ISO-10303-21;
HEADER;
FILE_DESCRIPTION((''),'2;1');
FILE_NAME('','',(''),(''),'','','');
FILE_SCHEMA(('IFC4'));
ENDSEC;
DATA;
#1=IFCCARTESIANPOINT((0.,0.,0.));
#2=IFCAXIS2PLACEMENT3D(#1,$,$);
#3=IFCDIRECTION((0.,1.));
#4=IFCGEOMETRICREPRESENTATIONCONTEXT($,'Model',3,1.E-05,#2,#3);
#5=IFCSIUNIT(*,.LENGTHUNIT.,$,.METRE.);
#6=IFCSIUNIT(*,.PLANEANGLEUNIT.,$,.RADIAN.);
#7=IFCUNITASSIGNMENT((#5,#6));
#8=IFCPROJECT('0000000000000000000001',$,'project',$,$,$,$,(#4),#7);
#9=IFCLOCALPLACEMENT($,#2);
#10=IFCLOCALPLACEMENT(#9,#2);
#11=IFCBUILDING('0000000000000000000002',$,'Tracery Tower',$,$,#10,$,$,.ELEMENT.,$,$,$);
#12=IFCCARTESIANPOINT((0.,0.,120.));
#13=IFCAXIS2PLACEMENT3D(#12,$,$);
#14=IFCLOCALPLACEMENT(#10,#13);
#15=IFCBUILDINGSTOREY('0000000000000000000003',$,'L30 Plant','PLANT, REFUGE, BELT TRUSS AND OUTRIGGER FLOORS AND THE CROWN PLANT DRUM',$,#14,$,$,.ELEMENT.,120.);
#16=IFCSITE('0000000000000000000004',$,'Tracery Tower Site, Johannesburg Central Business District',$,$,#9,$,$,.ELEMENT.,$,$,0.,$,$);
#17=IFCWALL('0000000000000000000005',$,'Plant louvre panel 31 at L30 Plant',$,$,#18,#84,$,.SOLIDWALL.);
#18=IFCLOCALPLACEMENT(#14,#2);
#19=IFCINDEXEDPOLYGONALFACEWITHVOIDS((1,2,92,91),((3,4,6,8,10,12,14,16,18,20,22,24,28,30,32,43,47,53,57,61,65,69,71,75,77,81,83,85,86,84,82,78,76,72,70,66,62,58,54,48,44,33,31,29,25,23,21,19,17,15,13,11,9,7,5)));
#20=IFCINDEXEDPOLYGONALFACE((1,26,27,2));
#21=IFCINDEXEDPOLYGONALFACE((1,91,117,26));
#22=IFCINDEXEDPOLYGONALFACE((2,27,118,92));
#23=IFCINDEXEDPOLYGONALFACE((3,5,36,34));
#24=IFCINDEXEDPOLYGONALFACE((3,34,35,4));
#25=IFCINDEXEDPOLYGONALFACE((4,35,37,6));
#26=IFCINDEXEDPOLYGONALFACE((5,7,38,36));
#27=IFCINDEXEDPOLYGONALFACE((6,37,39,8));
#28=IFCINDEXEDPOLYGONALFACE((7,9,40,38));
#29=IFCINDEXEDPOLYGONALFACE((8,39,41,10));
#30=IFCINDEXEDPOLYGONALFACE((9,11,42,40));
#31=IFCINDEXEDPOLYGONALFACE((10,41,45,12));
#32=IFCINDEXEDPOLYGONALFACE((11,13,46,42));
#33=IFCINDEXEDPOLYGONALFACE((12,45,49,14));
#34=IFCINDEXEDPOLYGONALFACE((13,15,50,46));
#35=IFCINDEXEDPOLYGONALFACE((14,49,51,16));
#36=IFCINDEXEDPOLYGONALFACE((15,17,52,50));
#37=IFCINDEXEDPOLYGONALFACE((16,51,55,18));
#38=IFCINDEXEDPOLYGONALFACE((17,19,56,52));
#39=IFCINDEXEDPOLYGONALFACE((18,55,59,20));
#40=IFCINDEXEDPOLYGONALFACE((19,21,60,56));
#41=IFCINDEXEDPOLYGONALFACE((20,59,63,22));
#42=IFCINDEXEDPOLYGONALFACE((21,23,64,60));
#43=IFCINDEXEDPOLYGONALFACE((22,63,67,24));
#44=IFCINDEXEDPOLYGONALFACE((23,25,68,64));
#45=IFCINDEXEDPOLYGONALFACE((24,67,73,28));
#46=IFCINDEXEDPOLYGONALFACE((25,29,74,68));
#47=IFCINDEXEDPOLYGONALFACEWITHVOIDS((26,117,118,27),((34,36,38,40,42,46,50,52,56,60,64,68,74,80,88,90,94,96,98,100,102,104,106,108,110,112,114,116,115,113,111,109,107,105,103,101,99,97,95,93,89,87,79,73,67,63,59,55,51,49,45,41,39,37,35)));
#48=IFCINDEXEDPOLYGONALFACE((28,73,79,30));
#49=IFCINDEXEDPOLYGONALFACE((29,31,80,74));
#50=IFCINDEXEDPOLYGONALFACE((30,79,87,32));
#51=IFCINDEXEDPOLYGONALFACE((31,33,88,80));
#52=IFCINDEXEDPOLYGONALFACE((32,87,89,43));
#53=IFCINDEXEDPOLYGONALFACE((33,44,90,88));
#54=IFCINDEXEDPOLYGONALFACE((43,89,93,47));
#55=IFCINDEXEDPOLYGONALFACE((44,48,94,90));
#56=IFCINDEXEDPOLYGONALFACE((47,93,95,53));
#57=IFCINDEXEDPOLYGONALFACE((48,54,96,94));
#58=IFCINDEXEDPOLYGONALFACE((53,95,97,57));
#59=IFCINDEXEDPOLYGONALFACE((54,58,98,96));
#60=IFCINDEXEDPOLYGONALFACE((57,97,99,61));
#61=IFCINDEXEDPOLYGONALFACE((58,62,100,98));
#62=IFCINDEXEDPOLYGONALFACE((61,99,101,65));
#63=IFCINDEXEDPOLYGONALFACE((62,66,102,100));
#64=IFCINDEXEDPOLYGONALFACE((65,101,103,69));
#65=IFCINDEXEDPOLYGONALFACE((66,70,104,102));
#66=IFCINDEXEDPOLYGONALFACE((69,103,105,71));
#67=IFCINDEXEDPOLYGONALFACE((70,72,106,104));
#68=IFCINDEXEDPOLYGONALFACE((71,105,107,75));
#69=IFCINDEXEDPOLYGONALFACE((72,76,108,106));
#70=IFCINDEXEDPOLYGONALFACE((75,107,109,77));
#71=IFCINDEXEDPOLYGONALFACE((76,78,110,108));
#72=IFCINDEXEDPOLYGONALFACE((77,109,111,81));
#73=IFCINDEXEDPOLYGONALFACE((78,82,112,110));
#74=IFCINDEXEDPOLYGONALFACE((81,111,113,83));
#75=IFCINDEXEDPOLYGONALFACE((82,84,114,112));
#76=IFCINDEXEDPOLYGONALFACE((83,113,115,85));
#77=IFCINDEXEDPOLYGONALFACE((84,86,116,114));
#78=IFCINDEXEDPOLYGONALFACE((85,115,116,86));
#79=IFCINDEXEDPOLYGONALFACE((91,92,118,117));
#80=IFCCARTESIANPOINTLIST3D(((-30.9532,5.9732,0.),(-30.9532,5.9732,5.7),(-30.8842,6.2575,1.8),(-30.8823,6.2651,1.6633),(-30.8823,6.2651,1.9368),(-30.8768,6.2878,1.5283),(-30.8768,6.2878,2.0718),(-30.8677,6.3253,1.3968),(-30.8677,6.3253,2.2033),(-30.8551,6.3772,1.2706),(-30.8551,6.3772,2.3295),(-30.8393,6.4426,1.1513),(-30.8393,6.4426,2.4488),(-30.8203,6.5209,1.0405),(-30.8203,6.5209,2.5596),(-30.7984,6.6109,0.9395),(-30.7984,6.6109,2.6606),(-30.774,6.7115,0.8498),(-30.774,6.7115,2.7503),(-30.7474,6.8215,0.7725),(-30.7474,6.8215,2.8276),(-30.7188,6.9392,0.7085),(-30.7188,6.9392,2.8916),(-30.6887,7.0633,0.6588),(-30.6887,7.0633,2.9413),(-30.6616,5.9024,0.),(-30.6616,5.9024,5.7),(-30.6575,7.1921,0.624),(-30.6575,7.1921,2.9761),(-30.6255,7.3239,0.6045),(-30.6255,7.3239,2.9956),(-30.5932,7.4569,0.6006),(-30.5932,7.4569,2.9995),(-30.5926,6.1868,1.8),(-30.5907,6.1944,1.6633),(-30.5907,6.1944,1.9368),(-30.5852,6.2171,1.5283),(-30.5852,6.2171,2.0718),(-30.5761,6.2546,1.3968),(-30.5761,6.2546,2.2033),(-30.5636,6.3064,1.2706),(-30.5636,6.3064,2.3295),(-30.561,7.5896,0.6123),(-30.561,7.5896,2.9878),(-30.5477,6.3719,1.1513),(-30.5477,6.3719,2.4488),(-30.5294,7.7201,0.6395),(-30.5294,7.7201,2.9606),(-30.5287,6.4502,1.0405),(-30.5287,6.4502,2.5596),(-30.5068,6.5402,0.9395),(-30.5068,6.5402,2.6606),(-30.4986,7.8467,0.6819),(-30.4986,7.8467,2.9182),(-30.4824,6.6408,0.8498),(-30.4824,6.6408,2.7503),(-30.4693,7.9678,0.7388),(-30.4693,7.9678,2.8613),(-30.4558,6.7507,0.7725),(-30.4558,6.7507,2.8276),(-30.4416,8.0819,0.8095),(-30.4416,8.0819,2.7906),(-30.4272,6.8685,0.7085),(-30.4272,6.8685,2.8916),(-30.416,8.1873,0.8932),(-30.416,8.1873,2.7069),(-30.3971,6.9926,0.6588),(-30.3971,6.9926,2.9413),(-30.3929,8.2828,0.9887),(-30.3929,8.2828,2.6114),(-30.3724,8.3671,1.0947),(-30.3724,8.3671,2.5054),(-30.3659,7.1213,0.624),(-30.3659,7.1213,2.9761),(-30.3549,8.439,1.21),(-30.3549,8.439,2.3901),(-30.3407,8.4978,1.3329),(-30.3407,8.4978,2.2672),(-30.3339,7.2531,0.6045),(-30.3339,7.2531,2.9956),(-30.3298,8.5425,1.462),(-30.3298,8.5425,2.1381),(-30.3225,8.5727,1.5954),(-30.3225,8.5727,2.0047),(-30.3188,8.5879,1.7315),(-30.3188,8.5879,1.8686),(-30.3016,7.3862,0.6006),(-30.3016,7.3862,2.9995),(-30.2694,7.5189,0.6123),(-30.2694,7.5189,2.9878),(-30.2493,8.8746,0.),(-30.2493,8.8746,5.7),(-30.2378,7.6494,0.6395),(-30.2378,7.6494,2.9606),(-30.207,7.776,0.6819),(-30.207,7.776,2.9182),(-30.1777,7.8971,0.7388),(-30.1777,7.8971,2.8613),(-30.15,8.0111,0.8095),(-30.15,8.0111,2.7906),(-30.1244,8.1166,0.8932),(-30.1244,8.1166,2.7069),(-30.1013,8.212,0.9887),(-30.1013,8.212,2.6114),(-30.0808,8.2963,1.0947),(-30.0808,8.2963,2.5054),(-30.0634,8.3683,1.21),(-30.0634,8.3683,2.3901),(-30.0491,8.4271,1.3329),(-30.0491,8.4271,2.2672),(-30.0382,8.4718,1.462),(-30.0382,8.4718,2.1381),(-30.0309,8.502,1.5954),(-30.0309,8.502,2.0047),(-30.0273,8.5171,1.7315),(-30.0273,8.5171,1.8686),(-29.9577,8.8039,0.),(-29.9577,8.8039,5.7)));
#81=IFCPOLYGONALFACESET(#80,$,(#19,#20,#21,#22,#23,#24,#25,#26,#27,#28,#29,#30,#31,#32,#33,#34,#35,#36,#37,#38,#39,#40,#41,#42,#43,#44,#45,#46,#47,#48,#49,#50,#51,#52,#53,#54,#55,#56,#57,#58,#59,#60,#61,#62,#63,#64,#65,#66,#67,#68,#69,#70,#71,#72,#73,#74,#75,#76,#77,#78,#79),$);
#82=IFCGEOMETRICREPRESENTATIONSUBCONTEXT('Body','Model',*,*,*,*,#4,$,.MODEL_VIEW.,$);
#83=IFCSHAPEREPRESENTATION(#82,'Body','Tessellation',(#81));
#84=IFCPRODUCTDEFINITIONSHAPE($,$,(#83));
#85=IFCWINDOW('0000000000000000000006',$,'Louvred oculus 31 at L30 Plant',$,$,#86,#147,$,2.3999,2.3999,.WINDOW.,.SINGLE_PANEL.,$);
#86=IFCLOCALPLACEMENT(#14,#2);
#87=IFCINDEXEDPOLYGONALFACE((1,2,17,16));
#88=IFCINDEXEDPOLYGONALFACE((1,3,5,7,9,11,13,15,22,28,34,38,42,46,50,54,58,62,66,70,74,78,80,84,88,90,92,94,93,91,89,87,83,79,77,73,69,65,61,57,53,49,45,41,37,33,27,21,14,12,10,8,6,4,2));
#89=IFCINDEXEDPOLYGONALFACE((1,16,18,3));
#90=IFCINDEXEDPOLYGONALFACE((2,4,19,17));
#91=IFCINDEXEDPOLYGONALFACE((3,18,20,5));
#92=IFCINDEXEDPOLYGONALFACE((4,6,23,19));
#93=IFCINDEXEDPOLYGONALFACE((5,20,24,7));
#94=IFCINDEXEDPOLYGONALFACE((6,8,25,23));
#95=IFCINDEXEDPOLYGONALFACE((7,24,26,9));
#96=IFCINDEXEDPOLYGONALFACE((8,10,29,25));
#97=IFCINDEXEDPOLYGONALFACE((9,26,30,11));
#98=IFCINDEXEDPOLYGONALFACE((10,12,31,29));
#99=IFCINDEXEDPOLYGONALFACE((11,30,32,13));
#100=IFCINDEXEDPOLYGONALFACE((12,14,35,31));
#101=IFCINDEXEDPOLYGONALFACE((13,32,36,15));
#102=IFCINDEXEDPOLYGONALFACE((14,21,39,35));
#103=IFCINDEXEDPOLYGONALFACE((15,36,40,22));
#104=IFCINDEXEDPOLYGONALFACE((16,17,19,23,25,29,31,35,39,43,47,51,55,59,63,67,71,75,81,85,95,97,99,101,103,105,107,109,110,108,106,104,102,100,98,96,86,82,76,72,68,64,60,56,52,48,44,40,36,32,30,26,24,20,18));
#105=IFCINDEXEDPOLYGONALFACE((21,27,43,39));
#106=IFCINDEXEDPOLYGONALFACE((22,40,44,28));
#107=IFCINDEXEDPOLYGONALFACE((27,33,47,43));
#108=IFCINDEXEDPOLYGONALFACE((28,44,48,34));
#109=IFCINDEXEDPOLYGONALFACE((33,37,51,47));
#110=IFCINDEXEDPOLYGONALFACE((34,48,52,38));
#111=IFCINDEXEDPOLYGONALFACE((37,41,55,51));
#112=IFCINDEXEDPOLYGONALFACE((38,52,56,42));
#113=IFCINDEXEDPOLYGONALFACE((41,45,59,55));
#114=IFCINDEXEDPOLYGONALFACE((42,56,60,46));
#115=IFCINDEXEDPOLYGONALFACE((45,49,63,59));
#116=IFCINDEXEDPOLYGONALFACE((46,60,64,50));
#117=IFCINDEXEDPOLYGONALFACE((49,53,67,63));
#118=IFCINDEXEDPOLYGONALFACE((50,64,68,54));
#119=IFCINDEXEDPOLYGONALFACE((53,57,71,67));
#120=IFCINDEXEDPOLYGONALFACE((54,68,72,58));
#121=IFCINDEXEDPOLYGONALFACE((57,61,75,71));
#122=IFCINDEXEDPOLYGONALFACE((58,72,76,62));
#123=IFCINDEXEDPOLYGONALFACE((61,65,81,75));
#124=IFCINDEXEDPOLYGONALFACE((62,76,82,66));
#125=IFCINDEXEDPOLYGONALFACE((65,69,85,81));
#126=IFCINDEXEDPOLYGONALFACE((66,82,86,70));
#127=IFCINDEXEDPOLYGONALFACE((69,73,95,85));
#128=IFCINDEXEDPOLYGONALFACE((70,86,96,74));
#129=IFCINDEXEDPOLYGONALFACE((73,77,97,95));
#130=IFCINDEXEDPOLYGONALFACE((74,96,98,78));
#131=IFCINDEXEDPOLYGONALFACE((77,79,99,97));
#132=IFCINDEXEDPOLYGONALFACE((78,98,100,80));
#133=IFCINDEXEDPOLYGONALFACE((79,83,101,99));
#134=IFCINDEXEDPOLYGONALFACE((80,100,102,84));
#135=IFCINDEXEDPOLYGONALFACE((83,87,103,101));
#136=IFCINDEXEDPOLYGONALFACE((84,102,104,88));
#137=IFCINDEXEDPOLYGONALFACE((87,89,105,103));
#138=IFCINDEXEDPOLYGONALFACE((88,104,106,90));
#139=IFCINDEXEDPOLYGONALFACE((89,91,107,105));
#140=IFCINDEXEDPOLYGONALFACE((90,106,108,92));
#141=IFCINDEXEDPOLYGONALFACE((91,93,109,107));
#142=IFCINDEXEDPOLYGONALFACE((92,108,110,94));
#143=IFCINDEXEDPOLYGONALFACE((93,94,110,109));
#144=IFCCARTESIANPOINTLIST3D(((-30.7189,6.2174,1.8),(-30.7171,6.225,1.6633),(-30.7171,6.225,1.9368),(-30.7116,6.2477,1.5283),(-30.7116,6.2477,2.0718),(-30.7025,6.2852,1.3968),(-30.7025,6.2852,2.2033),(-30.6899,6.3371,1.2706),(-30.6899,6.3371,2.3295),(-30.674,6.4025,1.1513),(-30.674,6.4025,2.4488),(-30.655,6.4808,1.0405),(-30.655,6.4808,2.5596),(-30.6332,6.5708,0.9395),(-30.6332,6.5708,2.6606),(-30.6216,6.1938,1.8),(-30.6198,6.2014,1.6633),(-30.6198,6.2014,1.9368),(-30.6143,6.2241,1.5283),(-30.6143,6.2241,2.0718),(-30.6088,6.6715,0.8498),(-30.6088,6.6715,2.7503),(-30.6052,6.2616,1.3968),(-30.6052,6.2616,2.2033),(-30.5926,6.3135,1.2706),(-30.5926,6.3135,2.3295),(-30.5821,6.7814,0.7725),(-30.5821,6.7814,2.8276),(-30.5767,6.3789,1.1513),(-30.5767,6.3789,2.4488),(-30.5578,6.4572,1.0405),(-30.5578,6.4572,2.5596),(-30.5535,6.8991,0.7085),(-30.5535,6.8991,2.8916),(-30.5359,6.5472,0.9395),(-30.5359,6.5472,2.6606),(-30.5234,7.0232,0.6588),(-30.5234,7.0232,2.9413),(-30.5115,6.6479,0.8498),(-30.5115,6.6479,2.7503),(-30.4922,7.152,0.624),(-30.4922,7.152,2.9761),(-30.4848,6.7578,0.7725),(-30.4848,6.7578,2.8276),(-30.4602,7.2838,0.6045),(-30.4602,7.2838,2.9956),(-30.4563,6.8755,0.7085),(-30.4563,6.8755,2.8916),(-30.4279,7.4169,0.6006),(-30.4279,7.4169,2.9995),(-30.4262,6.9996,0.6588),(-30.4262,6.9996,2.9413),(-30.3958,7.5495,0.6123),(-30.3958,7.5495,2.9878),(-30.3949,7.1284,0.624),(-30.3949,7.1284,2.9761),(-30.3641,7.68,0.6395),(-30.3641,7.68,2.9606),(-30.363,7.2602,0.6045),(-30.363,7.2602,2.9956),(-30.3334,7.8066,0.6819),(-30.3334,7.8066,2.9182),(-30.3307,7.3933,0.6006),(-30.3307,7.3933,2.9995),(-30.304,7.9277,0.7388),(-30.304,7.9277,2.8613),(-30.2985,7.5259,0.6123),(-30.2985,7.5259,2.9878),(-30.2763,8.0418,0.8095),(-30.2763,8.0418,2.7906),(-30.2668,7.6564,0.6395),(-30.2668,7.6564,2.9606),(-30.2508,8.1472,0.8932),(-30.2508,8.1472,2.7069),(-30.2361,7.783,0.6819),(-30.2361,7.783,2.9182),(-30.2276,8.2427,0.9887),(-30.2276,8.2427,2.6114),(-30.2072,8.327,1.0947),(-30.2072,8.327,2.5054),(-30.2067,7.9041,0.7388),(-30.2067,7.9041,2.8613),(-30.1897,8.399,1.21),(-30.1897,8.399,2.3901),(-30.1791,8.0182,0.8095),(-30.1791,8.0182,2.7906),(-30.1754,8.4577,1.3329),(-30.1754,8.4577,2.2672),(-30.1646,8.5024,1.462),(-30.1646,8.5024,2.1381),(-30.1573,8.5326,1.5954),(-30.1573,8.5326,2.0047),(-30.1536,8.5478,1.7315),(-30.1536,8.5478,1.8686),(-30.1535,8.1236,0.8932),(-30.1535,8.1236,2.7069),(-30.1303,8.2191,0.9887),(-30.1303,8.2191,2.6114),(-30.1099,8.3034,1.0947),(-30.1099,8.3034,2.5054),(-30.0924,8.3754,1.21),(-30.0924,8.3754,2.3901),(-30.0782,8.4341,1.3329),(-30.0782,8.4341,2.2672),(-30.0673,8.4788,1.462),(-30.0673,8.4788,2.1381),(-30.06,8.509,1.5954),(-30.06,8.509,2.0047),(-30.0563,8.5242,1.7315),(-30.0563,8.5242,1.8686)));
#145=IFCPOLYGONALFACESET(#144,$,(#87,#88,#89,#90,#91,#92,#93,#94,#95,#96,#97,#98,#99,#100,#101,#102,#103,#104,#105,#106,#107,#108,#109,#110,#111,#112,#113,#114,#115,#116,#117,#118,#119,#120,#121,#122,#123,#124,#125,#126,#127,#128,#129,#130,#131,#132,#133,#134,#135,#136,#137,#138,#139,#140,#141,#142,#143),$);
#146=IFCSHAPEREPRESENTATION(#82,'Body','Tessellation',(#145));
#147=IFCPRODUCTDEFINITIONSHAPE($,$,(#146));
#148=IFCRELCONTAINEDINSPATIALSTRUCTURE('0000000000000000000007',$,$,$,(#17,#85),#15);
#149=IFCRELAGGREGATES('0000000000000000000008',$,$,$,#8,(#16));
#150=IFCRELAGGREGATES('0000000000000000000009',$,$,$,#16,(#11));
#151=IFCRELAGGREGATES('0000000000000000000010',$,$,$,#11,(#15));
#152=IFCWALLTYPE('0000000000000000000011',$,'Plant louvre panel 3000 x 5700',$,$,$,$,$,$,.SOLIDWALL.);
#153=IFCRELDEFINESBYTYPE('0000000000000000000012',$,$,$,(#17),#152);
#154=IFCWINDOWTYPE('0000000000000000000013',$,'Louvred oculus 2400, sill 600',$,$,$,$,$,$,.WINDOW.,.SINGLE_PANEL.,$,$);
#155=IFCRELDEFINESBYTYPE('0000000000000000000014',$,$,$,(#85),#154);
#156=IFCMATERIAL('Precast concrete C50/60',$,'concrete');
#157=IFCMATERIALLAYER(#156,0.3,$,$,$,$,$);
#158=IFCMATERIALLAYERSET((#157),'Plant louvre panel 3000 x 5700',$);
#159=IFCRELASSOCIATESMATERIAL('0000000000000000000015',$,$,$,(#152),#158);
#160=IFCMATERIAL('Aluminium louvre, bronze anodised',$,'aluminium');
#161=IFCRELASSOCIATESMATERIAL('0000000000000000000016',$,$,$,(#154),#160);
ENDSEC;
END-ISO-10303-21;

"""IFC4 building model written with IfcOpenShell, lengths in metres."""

from ifc_helpers import new_model, si_unit, direction, frame, frame_2d, origin, origin_2d, place, context, subcontext, project, spatial, rectangle, circle, extrude, material, layer, layer_set, type_object, element, fill, save


model = new_model("IFC4")

# Units and contexts
model_context = context("Model", 3, precision=1e-05, world=origin(), true_north=direction((0.0, 1.0)))
body_context = subcontext(model_context, "Body", "Model", "MODEL_VIEW")
ifc_project = project(units=[si_unit("LENGTHUNIT", "METRE"), si_unit("PLANEANGLEUNIT", "RADIAN")], contexts=[model_context])

# Site, building, storey
site_placement = place(None, origin())
site = spatial("IfcSite", under=ifc_project, at=site_placement, Name="Tracery Tower Site, Johannesburg Central Business District", CompositionType="ELEMENT", RefElevation=0.0)
building_placement = place(site_placement, origin())
building = spatial("IfcBuilding", under=site, at=building_placement, Name="Tracery Tower", CompositionType="ELEMENT")
storey_placement = place(building_placement, frame((0.0, 0.0, 120.0)))
storey = spatial("IfcBuildingStorey", under=building, at=storey_placement, Name="L30 Plant", Description="PLANT, REFUGE, BELT TRUSS AND OUTRIGGER FLOORS AND THE CROWN PLANT DRUM", CompositionType="ELEMENT", Elevation=120.0)

# Wall, opening, window
ifc_material_1 = material(Name="Precast concrete C50/60", Category="concrete")
ifc_layer_1 = layer(ifc_material_1, 0.3)
ifc_layer_set_1 = layer_set([ifc_layer_1], Name="Plant louvre panel 3000 x 5700")
wall_type_1 = type_object("IfcWallType", Name="Plant louvre panel 3000 x 5700", PredefinedType="SOLIDWALL", material=ifc_layer_set_1)
wall_1_placement = place(storey_placement, frame((-30.1035, 8.8391, 0.0), z_axis=(0.0, 0.0, 1.0), x_axis=(-0.235757, -0.971812, 0.0)))
wall_1 = element("IfcWall", 1, at=wall_1_placement, inside=storey, type_object=wall_type_1, Name="Plant louvre panel 31 at L30 Plant", PredefinedType="SOLIDWALL", context=body_context, shape_type="SweptSolid", body=[
    extrude(rectangle(XDim=2.9856, YDim=0.3, at=frame_2d((1.4927, 0.0))), origin(), (0.0, 0.0, 1.0), 5.7),
])
opening_1_placement = place(wall_1_placement, frame((1.4929, 0.0, 1.8)))
opening_1 = element("IfcOpeningElement", 2, at=opening_1_placement, cuts=wall_1, PredefinedType="OPENING", context=body_context, shape_type="SweptSolid", body=[
    extrude(circle(Radius=1.2, at=origin_2d()), frame((0.0, 0.1599, 0.0), z_axis=(0.0, -1.0, 0.0), x_axis=(1.0, 0.0, 0.0)), (0.0, 0.0, 1.0), 0.3201),
])
ifc_material_2 = material(Name="Aluminium louvre, bronze anodised", Category="aluminium")
window_type = type_object("IfcWindowType", Name="Louvred oculus 2400, sill 600", PartitioningType="SINGLE_PANEL", PredefinedType="WINDOW", material=ifc_material_2)
window_1_placement = place(opening_1_placement, origin())
window_1 = element("IfcWindow", 3, at=window_1_placement, inside=storey, type_object=window_type, Name="Louvred oculus 31 at L30 Plant", OverallHeight=2.3999, OverallWidth=2.3999, PartitioningType="SINGLE_PANEL", PredefinedType="WINDOW", context=body_context, shape_type="SweptSolid", body=[
    extrude(circle(Radius=1.2, at=origin_2d()), frame((0.0, 0.1201, 0.0), z_axis=(0.0, -1.0, 0.0), x_axis=(1.0, 0.0, 0.0)), (0.0, 0.0, 1.0), 0.1001),
])
fill(opening_1, window_1)

save(model, "model.ifc")
